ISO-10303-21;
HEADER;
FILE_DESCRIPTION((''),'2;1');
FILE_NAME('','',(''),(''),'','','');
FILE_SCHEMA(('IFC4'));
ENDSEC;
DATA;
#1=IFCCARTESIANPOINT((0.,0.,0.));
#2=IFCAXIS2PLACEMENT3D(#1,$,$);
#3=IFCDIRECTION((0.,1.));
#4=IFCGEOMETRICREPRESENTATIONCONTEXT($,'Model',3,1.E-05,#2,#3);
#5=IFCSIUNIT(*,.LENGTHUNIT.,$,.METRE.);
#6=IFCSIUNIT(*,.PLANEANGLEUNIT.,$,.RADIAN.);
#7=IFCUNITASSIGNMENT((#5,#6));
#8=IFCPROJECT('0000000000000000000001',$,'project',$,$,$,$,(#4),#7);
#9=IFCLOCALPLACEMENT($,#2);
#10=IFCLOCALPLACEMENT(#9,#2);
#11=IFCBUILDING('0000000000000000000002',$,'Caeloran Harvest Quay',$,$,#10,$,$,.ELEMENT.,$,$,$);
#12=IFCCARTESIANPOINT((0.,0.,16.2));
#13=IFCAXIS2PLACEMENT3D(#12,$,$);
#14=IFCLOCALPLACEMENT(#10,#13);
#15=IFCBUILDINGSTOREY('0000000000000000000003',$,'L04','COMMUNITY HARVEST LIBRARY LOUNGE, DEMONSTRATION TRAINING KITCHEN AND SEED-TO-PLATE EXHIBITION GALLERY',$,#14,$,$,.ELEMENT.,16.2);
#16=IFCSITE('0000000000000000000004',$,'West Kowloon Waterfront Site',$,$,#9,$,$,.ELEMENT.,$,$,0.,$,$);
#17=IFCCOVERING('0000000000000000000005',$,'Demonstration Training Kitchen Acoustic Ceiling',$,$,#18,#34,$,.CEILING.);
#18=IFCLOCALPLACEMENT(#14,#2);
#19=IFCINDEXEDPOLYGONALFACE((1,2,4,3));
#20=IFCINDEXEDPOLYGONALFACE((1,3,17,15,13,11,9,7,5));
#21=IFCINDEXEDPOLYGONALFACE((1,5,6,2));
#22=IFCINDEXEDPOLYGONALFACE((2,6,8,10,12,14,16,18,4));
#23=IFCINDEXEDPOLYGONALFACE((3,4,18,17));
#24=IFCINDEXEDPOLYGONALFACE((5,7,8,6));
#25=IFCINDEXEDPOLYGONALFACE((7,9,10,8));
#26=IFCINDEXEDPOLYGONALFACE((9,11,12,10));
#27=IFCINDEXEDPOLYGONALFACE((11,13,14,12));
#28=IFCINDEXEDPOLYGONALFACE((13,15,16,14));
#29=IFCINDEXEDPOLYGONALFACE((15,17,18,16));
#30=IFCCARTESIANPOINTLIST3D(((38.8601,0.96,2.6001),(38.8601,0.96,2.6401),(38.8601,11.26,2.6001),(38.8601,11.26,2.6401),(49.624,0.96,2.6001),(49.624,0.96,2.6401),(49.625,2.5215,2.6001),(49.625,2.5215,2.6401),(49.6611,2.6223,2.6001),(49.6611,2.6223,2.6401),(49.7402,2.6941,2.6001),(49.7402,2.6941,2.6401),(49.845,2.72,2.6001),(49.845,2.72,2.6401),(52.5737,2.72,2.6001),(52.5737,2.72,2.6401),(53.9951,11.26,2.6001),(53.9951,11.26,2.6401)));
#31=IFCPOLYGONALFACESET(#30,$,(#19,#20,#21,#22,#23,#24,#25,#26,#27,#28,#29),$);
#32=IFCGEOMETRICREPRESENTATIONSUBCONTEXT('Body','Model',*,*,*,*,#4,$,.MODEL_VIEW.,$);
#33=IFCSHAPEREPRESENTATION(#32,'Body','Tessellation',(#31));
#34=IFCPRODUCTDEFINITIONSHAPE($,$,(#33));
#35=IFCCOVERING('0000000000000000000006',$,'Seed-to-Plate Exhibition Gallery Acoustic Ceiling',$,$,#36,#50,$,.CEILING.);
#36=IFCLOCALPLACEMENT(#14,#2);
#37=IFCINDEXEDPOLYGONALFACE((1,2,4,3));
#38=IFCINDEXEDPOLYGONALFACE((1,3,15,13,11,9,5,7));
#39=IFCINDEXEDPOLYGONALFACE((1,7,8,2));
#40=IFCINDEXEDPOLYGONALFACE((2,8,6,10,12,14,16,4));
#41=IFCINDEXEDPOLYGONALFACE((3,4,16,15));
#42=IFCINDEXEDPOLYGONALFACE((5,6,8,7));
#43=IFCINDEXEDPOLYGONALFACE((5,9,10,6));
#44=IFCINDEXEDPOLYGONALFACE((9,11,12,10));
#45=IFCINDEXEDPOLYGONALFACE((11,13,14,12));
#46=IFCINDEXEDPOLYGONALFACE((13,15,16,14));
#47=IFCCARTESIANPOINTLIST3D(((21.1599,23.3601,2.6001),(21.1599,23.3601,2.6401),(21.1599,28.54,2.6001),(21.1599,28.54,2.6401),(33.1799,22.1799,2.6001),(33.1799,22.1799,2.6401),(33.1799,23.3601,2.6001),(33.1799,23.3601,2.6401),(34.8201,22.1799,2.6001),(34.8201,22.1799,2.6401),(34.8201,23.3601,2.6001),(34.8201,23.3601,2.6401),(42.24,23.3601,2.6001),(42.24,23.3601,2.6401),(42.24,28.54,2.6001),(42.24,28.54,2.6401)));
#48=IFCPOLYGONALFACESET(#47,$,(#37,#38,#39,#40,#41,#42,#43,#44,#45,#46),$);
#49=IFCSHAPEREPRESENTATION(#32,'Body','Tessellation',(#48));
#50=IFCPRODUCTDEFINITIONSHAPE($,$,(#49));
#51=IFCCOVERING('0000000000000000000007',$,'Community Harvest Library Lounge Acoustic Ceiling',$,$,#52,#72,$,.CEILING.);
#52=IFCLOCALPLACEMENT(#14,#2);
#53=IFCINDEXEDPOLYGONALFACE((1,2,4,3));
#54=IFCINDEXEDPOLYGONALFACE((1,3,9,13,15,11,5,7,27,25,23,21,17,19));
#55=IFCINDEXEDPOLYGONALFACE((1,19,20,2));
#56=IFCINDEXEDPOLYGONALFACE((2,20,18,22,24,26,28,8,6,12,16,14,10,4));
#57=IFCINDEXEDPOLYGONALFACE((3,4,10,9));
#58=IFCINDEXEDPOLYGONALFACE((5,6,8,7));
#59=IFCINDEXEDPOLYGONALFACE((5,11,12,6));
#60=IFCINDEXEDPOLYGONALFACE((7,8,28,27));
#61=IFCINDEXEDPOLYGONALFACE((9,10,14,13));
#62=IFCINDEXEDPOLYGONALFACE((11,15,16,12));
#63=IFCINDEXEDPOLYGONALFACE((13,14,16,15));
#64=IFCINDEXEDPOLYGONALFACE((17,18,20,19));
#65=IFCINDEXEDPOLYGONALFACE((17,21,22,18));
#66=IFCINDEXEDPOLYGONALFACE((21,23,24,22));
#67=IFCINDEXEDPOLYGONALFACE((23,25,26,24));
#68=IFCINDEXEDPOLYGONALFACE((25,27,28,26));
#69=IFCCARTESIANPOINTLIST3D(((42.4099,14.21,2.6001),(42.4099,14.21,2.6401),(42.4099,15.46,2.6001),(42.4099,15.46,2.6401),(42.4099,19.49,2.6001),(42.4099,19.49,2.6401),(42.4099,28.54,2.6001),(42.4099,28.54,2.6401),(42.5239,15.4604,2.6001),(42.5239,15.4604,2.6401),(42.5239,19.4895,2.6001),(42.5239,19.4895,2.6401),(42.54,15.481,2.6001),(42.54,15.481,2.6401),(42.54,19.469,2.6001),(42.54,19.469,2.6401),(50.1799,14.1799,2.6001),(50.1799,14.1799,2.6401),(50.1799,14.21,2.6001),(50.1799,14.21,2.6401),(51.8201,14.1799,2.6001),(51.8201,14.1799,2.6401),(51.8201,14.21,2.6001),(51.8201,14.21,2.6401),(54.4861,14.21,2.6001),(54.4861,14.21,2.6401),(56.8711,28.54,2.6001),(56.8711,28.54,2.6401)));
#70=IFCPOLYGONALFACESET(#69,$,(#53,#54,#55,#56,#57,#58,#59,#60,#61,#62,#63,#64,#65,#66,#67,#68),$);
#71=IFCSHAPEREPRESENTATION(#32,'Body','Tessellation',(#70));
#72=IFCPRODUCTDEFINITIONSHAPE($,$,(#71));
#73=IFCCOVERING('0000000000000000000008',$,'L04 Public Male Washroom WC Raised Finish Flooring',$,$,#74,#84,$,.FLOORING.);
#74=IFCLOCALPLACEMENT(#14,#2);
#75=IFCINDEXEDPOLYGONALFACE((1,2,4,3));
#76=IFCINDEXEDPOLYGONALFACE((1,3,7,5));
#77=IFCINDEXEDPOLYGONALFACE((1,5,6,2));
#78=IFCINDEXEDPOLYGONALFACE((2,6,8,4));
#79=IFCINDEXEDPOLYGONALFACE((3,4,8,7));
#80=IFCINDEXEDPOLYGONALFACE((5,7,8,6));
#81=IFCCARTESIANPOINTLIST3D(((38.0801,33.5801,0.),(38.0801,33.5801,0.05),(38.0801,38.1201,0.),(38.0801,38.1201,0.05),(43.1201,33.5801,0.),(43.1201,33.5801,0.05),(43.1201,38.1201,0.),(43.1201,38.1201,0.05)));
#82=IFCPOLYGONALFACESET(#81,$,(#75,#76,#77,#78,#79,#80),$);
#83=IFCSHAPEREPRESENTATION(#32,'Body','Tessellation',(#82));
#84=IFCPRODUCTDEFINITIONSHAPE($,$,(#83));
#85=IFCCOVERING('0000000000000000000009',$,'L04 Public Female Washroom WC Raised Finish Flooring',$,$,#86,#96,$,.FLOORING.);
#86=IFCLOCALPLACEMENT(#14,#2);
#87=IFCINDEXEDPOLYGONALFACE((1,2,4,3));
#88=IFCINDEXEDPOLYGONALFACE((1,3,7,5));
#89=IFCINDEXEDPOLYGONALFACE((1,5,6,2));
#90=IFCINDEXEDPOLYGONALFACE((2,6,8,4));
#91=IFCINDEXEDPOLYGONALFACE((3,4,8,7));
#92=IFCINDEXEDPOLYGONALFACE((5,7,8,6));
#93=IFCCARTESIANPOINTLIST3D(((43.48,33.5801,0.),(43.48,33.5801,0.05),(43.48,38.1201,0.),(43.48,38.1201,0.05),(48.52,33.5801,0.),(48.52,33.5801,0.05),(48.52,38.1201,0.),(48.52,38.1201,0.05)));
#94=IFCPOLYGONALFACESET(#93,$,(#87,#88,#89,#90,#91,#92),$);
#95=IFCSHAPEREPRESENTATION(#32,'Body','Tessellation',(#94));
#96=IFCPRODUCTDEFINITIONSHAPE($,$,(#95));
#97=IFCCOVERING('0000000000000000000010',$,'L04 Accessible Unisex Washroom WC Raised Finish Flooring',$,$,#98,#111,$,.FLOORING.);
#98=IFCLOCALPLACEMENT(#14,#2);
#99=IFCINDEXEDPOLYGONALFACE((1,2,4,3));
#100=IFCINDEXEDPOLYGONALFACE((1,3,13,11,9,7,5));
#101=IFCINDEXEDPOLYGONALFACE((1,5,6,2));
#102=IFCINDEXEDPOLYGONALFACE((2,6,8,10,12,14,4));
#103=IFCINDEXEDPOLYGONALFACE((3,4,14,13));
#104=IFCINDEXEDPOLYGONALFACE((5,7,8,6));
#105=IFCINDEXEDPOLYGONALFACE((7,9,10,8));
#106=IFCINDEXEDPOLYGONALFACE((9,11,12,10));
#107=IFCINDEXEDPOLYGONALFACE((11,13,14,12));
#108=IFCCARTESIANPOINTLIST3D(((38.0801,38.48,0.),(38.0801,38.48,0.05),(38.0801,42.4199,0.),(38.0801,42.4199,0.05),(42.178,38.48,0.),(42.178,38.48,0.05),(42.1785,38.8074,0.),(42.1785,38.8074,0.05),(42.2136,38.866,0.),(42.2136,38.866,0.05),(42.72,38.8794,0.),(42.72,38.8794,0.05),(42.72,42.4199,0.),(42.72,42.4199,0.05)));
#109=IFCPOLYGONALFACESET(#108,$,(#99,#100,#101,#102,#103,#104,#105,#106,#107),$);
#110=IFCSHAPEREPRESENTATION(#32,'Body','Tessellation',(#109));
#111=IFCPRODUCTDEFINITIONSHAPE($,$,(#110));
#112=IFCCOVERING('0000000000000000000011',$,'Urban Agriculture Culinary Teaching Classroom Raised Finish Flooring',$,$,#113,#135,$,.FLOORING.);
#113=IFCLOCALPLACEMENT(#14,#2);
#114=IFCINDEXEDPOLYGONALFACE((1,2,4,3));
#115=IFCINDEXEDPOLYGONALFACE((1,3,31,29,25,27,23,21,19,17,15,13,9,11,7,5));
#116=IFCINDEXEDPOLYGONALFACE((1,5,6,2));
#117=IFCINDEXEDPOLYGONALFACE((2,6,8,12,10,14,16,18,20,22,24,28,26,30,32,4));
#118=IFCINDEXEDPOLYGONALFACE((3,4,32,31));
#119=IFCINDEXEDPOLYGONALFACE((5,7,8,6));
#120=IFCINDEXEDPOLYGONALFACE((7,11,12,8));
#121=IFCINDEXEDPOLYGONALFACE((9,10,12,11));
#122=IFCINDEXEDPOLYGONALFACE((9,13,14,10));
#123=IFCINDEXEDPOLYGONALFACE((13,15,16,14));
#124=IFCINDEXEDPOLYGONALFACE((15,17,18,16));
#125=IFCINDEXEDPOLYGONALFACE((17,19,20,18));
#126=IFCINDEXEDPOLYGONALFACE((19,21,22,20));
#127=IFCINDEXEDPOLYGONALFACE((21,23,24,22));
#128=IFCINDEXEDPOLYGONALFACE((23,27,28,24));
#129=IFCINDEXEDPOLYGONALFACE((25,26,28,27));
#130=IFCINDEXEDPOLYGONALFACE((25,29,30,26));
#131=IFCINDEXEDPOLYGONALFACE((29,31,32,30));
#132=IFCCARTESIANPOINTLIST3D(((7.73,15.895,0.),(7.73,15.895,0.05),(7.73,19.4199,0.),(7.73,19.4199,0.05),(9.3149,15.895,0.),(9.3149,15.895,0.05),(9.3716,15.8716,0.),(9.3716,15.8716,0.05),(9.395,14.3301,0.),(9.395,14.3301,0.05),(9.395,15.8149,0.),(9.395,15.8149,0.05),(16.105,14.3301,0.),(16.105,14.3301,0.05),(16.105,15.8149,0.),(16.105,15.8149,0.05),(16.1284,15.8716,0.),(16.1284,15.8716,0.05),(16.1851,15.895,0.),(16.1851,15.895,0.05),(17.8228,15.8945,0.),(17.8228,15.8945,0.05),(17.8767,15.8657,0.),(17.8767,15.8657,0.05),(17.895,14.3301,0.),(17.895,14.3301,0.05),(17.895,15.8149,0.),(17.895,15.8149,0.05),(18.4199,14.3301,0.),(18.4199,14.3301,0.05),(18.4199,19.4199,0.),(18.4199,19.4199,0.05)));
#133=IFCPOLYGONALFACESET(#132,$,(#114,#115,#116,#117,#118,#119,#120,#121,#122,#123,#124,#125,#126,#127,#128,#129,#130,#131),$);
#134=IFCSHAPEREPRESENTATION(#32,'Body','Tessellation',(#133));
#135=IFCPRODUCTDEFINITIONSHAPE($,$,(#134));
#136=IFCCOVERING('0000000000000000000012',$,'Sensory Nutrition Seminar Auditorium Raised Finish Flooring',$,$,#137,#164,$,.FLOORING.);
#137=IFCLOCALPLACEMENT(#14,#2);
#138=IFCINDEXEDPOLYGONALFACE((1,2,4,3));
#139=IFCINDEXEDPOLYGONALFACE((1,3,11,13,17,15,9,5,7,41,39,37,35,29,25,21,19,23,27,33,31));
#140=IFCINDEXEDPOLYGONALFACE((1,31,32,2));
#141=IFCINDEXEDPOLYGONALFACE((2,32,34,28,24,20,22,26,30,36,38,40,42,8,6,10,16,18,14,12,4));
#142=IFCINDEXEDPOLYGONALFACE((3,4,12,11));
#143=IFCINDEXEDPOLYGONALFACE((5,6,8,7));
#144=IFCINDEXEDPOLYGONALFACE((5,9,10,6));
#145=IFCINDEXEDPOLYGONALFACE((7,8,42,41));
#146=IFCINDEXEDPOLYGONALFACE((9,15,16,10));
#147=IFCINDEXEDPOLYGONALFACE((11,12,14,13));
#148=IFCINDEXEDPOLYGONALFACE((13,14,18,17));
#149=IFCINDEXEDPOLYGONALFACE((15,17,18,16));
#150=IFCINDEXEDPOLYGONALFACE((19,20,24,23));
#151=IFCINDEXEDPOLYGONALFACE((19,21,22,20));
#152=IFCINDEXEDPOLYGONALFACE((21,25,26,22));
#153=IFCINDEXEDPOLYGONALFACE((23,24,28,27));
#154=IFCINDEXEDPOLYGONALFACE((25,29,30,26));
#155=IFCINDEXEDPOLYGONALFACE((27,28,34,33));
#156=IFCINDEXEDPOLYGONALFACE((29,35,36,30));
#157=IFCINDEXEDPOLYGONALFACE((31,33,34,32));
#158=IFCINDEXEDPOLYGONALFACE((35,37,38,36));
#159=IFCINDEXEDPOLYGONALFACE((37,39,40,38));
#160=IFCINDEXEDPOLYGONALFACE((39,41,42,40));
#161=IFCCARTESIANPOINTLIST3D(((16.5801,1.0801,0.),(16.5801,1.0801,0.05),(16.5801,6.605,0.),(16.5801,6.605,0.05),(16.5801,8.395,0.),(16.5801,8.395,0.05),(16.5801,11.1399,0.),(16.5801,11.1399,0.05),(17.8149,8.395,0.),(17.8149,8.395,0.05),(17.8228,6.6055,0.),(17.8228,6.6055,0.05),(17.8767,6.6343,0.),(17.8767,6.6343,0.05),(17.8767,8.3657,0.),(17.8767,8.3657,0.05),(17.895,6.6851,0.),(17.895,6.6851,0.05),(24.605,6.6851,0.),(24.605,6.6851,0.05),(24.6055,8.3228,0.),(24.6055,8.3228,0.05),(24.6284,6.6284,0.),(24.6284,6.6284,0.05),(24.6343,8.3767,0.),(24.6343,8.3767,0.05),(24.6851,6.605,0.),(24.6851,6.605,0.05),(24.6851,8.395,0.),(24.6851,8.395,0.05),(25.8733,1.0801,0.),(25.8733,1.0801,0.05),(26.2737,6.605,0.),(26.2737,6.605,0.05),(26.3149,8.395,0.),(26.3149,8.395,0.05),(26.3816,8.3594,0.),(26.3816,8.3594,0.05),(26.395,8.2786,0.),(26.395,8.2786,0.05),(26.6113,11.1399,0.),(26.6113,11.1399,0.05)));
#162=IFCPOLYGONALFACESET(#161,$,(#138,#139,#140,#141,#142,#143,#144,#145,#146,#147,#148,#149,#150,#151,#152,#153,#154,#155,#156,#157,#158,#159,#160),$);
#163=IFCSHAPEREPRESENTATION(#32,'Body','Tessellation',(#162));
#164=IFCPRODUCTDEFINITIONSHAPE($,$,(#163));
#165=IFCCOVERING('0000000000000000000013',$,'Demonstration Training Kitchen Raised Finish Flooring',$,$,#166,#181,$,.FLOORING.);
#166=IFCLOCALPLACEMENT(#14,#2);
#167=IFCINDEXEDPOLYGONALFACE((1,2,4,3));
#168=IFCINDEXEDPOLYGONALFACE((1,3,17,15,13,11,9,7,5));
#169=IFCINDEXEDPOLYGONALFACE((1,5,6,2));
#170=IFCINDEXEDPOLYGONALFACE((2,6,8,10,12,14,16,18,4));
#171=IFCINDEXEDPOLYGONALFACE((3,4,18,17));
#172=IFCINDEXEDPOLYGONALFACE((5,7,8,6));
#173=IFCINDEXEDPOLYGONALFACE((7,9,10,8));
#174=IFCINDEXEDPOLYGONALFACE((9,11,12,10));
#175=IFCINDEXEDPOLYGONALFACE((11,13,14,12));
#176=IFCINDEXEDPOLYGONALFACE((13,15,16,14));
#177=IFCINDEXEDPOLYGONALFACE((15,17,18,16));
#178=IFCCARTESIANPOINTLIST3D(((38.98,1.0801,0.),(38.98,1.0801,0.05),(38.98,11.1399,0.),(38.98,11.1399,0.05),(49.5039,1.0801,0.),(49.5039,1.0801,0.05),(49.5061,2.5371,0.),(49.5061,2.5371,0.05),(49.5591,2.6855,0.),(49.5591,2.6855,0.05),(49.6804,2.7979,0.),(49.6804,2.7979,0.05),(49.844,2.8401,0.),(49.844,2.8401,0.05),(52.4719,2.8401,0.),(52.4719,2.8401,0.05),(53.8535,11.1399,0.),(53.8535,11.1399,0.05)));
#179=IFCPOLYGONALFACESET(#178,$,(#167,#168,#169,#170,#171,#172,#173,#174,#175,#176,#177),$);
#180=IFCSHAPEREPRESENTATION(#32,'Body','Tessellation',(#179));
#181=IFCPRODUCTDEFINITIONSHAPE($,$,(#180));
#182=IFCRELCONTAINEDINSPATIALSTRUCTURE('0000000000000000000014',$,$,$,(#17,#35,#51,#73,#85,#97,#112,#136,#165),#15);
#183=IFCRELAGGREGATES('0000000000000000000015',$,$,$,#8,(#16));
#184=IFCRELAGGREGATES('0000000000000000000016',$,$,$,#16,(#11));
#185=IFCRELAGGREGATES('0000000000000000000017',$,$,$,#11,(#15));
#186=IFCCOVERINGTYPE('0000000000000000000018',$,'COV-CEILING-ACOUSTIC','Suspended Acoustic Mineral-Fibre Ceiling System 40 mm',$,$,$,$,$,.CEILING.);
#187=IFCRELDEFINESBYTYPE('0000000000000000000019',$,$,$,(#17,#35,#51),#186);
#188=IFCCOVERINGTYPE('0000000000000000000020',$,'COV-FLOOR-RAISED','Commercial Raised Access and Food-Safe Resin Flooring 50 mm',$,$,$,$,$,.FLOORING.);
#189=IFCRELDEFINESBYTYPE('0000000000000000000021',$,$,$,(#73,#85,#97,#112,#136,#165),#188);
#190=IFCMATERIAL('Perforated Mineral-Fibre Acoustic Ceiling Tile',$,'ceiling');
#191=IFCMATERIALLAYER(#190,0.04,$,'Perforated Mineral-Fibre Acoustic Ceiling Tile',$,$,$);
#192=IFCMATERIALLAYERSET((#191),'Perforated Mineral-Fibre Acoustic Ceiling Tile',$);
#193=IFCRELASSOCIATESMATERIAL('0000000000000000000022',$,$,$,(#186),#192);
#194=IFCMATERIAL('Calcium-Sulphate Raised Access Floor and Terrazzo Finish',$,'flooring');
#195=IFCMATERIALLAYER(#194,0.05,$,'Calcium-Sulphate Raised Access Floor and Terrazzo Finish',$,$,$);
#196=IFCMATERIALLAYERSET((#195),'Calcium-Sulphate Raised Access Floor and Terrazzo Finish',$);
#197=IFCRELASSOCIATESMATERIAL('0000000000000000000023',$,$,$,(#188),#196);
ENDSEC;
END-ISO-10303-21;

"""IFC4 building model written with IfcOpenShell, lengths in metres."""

from ifc_helpers import new_model, si_unit, direction, frame, origin, place, context, subcontext, project, spatial, polyline, outline, extrude, material, layer, layer_set, type_object, element, save


model = new_model("IFC4")

# Units and contexts
model_context = context("Model", 3, precision=1e-05, world=origin(), true_north=direction((0.0, 1.0)))
body_context = subcontext(model_context, "Body", "Model", "MODEL_VIEW")
ifc_project = project(units=[si_unit("LENGTHUNIT", "METRE"), si_unit("PLANEANGLEUNIT", "RADIAN")], contexts=[model_context])

# Site, building, storey
site_placement = place(None, origin())
site = spatial("IfcSite", under=ifc_project, at=site_placement, Name="West Kowloon Waterfront Site", CompositionType="ELEMENT", RefElevation=0.0)
building_placement = place(site_placement, origin())
building = spatial("IfcBuilding", under=site, at=building_placement, Name="Caeloran Harvest Quay", CompositionType="ELEMENT")
storey_placement = place(building_placement, frame((0.0, 0.0, 16.2)))
storey = spatial("IfcBuildingStorey", under=building, at=storey_placement, Name="L04", Description="COMMUNITY HARVEST LIBRARY LOUNGE, DEMONSTRATION TRAINING KITCHEN AND SEED-TO-PLATE EXHIBITION GALLERY", CompositionType="ELEMENT", Elevation=16.2)

# Coverings
ifc_material_1 = material(Name="Perforated Mineral-Fibre Acoustic Ceiling Tile", Category="ceiling")
ifc_layer_1 = layer(ifc_material_1, 0.04, Name="Perforated Mineral-Fibre Acoustic Ceiling Tile")
ifc_layer_set_1 = layer_set([ifc_layer_1], Name="Perforated Mineral-Fibre Acoustic Ceiling Tile")
covering_type_1 = type_object("IfcCoveringType", Name="COV-CEILING-ACOUSTIC", Description="Suspended Acoustic Mineral-Fibre Ceiling System 40 mm", PredefinedType="CEILING", material=ifc_layer_set_1)
covering_1_placement = place(storey_placement, frame((0.0, 0.0, 2.6001)))
element("IfcCovering", 1, at=covering_1_placement, inside=storey, type_object=covering_type_1, Name="Demonstration Training Kitchen Acoustic Ceiling", PredefinedType="CEILING", context=body_context, shape_type="SweptSolid", body=[
    extrude(outline(polyline([(53.9951, 11.26), (52.5737, 2.72), (49.845, 2.72), (49.7402, 2.6941), (49.6611, 2.6223), (49.625, 2.5215), (49.624, 0.96), (38.8601, 0.96), (38.8601, 11.26), (53.9951, 11.26)])), origin(), (0.0, 0.0, 1.0), 0.04),
])
covering_2_placement = place(storey_placement, frame((0.0, 0.0, 2.6001)))
element("IfcCovering", 2, at=covering_2_placement, inside=storey, type_object=covering_type_1, Name="Seed-to-Plate Exhibition Gallery Acoustic Ceiling", PredefinedType="CEILING", context=body_context, shape_type="SweptSolid", body=[
    extrude(outline(polyline([(34.8201, 22.1799), (33.1799, 22.1799), (33.1799, 23.3601), (21.1599, 23.3601), (21.1599, 28.54), (42.24, 28.54), (42.24, 23.3601), (34.8201, 23.3601), (34.8201, 22.1799)])), origin(), (0.0, 0.0, 1.0), 0.04),
])
covering_3_placement = place(storey_placement, frame((0.0, 0.0, 2.6001)))
element("IfcCovering", 3, at=covering_3_placement, inside=storey, type_object=covering_type_1, Name="Community Harvest Library Lounge Acoustic Ceiling", PredefinedType="CEILING", context=body_context, shape_type="SweptSolid", body=[
    extrude(outline(polyline([(51.8201, 14.1799), (50.1799, 14.1799), (50.1799, 14.21), (42.4099, 14.21), (42.4099, 15.46), (42.5239, 15.4604), (42.54, 15.481), (42.54, 19.469), (42.5239, 19.4895), (42.4099, 19.49), (42.4099, 28.54), (56.8711, 28.54), (54.4861, 14.21), (51.8201, 14.21), (51.8201, 14.1799)])), origin(), (0.0, 0.0, 1.0), 0.04),
])
ifc_material_2 = material(Name="Calcium-Sulphate Raised Access Floor and Terrazzo Finish", Category="flooring")
ifc_layer_2 = layer(ifc_material_2, 0.05, Name="Calcium-Sulphate Raised Access Floor and Terrazzo Finish")
ifc_layer_set_2 = layer_set([ifc_layer_2], Name="Calcium-Sulphate Raised Access Floor and Terrazzo Finish")
covering_type_2 = type_object("IfcCoveringType", Name="COV-FLOOR-RAISED", Description="Commercial Raised Access and Food-Safe Resin Flooring 50 mm", PredefinedType="FLOORING", material=ifc_layer_set_2)
covering_4_placement = place(storey_placement, origin())
element("IfcCovering", 4, at=covering_4_placement, inside=storey, type_object=covering_type_2, Name="L04 Public Male Washroom WC Raised Finish Flooring", PredefinedType="FLOORING", context=body_context, shape_type="SweptSolid", body=[
    extrude(outline(polyline([(43.1201, 38.1201), (43.1201, 33.5801), (38.0801, 33.5801), (38.0801, 38.1201), (43.1201, 38.1201)])), origin(), (0.0, 0.0, 1.0), 0.05),
])
covering_5_placement = place(storey_placement, origin())
element("IfcCovering", 5, at=covering_5_placement, inside=storey, type_object=covering_type_2, Name="L04 Public Female Washroom WC Raised Finish Flooring", PredefinedType="FLOORING", context=body_context, shape_type="SweptSolid", body=[
    extrude(outline(polyline([(48.52, 38.1201), (48.52, 33.5801), (43.48, 33.5801), (43.48, 38.1201), (48.52, 38.1201)])), origin(), (0.0, 0.0, 1.0), 0.05),
])
covering_6_placement = place(storey_placement, origin())
element("IfcCovering", 6, at=covering_6_placement, inside=storey, type_object=covering_type_2, Name="L04 Accessible Unisex Washroom WC Raised Finish Flooring", PredefinedType="FLOORING", context=body_context, shape_type="SweptSolid", body=[
    extrude(outline(polyline([(42.72, 38.8794), (42.2136, 38.866), (42.1785, 38.8074), (42.178, 38.48), (38.0801, 38.48), (38.0801, 42.4199), (42.72, 42.4199), (42.72, 38.8794)])), origin(), (0.0, 0.0, 1.0), 0.05),
])
covering_7_placement = place(storey_placement, origin())
element("IfcCovering", 7, at=covering_7_placement, inside=storey, type_object=covering_type_2, Name="Urban Agriculture Culinary Teaching Classroom Raised Finish Flooring", PredefinedType="FLOORING", context=body_context, shape_type="SweptSolid", body=[
    extrude(outline(polyline([(7.73, 15.895), (7.73, 19.4199), (18.4199, 19.4199), (18.4199, 14.3301), (17.895, 14.3301), (17.895, 15.8149), (17.8767, 15.8657), (17.8228, 15.8945), (16.1851, 15.895), (16.1284, 15.8716), (16.105, 15.8149), (16.105, 14.3301), (9.395, 14.3301), (9.395, 15.8149), (9.3716, 15.8716), (9.3149, 15.895), (7.73, 15.895)])), origin(), (0.0, 0.0, 1.0), 0.05),
])
covering_8_placement = place(storey_placement, origin())
element("IfcCovering", 8, at=covering_8_placement, inside=storey, type_object=covering_type_2, Name="Sensory Nutrition Seminar Auditorium Raised Finish Flooring", PredefinedType="FLOORING", context=body_context, shape_type="SweptSolid", body=[
    extrude(outline(polyline([(26.2737, 6.605), (25.8733, 1.0801), (16.5801, 1.0801), (16.5801, 6.605), (17.8228, 6.6055), (17.8767, 6.6343), (17.895, 6.6851), (17.8767, 8.3657), (17.8149, 8.395), (16.5801, 8.395), (16.5801, 11.1399), (26.6113, 11.1399), (26.395, 8.2786), (26.3816, 8.3594), (26.3149, 8.395), (24.6851, 8.395), (24.6343, 8.3767), (24.6055, 8.3228), (24.605, 6.6851), (24.6284, 6.6284), (24.6851, 6.605), (26.2737, 6.605)])), origin(), (0.0, 0.0, 1.0), 0.05),
])
covering_9_placement = place(storey_placement, origin())
element("IfcCovering", 9, at=covering_9_placement, inside=storey, type_object=covering_type_2, Name="Demonstration Training Kitchen Raised Finish Flooring", PredefinedType="FLOORING", context=body_context, shape_type="SweptSolid", body=[
    extrude(outline(polyline([(53.8535, 11.1399), (52.4719, 2.8401), (49.844, 2.8401), (49.6804, 2.7979), (49.5591, 2.6855), (49.5061, 2.5371), (49.5039, 1.0801), (38.98, 1.0801), (38.98, 11.1399), (53.8535, 11.1399)])), origin(), (0.0, 0.0, 1.0), 0.05),
])

save(model, "model.ifc")
